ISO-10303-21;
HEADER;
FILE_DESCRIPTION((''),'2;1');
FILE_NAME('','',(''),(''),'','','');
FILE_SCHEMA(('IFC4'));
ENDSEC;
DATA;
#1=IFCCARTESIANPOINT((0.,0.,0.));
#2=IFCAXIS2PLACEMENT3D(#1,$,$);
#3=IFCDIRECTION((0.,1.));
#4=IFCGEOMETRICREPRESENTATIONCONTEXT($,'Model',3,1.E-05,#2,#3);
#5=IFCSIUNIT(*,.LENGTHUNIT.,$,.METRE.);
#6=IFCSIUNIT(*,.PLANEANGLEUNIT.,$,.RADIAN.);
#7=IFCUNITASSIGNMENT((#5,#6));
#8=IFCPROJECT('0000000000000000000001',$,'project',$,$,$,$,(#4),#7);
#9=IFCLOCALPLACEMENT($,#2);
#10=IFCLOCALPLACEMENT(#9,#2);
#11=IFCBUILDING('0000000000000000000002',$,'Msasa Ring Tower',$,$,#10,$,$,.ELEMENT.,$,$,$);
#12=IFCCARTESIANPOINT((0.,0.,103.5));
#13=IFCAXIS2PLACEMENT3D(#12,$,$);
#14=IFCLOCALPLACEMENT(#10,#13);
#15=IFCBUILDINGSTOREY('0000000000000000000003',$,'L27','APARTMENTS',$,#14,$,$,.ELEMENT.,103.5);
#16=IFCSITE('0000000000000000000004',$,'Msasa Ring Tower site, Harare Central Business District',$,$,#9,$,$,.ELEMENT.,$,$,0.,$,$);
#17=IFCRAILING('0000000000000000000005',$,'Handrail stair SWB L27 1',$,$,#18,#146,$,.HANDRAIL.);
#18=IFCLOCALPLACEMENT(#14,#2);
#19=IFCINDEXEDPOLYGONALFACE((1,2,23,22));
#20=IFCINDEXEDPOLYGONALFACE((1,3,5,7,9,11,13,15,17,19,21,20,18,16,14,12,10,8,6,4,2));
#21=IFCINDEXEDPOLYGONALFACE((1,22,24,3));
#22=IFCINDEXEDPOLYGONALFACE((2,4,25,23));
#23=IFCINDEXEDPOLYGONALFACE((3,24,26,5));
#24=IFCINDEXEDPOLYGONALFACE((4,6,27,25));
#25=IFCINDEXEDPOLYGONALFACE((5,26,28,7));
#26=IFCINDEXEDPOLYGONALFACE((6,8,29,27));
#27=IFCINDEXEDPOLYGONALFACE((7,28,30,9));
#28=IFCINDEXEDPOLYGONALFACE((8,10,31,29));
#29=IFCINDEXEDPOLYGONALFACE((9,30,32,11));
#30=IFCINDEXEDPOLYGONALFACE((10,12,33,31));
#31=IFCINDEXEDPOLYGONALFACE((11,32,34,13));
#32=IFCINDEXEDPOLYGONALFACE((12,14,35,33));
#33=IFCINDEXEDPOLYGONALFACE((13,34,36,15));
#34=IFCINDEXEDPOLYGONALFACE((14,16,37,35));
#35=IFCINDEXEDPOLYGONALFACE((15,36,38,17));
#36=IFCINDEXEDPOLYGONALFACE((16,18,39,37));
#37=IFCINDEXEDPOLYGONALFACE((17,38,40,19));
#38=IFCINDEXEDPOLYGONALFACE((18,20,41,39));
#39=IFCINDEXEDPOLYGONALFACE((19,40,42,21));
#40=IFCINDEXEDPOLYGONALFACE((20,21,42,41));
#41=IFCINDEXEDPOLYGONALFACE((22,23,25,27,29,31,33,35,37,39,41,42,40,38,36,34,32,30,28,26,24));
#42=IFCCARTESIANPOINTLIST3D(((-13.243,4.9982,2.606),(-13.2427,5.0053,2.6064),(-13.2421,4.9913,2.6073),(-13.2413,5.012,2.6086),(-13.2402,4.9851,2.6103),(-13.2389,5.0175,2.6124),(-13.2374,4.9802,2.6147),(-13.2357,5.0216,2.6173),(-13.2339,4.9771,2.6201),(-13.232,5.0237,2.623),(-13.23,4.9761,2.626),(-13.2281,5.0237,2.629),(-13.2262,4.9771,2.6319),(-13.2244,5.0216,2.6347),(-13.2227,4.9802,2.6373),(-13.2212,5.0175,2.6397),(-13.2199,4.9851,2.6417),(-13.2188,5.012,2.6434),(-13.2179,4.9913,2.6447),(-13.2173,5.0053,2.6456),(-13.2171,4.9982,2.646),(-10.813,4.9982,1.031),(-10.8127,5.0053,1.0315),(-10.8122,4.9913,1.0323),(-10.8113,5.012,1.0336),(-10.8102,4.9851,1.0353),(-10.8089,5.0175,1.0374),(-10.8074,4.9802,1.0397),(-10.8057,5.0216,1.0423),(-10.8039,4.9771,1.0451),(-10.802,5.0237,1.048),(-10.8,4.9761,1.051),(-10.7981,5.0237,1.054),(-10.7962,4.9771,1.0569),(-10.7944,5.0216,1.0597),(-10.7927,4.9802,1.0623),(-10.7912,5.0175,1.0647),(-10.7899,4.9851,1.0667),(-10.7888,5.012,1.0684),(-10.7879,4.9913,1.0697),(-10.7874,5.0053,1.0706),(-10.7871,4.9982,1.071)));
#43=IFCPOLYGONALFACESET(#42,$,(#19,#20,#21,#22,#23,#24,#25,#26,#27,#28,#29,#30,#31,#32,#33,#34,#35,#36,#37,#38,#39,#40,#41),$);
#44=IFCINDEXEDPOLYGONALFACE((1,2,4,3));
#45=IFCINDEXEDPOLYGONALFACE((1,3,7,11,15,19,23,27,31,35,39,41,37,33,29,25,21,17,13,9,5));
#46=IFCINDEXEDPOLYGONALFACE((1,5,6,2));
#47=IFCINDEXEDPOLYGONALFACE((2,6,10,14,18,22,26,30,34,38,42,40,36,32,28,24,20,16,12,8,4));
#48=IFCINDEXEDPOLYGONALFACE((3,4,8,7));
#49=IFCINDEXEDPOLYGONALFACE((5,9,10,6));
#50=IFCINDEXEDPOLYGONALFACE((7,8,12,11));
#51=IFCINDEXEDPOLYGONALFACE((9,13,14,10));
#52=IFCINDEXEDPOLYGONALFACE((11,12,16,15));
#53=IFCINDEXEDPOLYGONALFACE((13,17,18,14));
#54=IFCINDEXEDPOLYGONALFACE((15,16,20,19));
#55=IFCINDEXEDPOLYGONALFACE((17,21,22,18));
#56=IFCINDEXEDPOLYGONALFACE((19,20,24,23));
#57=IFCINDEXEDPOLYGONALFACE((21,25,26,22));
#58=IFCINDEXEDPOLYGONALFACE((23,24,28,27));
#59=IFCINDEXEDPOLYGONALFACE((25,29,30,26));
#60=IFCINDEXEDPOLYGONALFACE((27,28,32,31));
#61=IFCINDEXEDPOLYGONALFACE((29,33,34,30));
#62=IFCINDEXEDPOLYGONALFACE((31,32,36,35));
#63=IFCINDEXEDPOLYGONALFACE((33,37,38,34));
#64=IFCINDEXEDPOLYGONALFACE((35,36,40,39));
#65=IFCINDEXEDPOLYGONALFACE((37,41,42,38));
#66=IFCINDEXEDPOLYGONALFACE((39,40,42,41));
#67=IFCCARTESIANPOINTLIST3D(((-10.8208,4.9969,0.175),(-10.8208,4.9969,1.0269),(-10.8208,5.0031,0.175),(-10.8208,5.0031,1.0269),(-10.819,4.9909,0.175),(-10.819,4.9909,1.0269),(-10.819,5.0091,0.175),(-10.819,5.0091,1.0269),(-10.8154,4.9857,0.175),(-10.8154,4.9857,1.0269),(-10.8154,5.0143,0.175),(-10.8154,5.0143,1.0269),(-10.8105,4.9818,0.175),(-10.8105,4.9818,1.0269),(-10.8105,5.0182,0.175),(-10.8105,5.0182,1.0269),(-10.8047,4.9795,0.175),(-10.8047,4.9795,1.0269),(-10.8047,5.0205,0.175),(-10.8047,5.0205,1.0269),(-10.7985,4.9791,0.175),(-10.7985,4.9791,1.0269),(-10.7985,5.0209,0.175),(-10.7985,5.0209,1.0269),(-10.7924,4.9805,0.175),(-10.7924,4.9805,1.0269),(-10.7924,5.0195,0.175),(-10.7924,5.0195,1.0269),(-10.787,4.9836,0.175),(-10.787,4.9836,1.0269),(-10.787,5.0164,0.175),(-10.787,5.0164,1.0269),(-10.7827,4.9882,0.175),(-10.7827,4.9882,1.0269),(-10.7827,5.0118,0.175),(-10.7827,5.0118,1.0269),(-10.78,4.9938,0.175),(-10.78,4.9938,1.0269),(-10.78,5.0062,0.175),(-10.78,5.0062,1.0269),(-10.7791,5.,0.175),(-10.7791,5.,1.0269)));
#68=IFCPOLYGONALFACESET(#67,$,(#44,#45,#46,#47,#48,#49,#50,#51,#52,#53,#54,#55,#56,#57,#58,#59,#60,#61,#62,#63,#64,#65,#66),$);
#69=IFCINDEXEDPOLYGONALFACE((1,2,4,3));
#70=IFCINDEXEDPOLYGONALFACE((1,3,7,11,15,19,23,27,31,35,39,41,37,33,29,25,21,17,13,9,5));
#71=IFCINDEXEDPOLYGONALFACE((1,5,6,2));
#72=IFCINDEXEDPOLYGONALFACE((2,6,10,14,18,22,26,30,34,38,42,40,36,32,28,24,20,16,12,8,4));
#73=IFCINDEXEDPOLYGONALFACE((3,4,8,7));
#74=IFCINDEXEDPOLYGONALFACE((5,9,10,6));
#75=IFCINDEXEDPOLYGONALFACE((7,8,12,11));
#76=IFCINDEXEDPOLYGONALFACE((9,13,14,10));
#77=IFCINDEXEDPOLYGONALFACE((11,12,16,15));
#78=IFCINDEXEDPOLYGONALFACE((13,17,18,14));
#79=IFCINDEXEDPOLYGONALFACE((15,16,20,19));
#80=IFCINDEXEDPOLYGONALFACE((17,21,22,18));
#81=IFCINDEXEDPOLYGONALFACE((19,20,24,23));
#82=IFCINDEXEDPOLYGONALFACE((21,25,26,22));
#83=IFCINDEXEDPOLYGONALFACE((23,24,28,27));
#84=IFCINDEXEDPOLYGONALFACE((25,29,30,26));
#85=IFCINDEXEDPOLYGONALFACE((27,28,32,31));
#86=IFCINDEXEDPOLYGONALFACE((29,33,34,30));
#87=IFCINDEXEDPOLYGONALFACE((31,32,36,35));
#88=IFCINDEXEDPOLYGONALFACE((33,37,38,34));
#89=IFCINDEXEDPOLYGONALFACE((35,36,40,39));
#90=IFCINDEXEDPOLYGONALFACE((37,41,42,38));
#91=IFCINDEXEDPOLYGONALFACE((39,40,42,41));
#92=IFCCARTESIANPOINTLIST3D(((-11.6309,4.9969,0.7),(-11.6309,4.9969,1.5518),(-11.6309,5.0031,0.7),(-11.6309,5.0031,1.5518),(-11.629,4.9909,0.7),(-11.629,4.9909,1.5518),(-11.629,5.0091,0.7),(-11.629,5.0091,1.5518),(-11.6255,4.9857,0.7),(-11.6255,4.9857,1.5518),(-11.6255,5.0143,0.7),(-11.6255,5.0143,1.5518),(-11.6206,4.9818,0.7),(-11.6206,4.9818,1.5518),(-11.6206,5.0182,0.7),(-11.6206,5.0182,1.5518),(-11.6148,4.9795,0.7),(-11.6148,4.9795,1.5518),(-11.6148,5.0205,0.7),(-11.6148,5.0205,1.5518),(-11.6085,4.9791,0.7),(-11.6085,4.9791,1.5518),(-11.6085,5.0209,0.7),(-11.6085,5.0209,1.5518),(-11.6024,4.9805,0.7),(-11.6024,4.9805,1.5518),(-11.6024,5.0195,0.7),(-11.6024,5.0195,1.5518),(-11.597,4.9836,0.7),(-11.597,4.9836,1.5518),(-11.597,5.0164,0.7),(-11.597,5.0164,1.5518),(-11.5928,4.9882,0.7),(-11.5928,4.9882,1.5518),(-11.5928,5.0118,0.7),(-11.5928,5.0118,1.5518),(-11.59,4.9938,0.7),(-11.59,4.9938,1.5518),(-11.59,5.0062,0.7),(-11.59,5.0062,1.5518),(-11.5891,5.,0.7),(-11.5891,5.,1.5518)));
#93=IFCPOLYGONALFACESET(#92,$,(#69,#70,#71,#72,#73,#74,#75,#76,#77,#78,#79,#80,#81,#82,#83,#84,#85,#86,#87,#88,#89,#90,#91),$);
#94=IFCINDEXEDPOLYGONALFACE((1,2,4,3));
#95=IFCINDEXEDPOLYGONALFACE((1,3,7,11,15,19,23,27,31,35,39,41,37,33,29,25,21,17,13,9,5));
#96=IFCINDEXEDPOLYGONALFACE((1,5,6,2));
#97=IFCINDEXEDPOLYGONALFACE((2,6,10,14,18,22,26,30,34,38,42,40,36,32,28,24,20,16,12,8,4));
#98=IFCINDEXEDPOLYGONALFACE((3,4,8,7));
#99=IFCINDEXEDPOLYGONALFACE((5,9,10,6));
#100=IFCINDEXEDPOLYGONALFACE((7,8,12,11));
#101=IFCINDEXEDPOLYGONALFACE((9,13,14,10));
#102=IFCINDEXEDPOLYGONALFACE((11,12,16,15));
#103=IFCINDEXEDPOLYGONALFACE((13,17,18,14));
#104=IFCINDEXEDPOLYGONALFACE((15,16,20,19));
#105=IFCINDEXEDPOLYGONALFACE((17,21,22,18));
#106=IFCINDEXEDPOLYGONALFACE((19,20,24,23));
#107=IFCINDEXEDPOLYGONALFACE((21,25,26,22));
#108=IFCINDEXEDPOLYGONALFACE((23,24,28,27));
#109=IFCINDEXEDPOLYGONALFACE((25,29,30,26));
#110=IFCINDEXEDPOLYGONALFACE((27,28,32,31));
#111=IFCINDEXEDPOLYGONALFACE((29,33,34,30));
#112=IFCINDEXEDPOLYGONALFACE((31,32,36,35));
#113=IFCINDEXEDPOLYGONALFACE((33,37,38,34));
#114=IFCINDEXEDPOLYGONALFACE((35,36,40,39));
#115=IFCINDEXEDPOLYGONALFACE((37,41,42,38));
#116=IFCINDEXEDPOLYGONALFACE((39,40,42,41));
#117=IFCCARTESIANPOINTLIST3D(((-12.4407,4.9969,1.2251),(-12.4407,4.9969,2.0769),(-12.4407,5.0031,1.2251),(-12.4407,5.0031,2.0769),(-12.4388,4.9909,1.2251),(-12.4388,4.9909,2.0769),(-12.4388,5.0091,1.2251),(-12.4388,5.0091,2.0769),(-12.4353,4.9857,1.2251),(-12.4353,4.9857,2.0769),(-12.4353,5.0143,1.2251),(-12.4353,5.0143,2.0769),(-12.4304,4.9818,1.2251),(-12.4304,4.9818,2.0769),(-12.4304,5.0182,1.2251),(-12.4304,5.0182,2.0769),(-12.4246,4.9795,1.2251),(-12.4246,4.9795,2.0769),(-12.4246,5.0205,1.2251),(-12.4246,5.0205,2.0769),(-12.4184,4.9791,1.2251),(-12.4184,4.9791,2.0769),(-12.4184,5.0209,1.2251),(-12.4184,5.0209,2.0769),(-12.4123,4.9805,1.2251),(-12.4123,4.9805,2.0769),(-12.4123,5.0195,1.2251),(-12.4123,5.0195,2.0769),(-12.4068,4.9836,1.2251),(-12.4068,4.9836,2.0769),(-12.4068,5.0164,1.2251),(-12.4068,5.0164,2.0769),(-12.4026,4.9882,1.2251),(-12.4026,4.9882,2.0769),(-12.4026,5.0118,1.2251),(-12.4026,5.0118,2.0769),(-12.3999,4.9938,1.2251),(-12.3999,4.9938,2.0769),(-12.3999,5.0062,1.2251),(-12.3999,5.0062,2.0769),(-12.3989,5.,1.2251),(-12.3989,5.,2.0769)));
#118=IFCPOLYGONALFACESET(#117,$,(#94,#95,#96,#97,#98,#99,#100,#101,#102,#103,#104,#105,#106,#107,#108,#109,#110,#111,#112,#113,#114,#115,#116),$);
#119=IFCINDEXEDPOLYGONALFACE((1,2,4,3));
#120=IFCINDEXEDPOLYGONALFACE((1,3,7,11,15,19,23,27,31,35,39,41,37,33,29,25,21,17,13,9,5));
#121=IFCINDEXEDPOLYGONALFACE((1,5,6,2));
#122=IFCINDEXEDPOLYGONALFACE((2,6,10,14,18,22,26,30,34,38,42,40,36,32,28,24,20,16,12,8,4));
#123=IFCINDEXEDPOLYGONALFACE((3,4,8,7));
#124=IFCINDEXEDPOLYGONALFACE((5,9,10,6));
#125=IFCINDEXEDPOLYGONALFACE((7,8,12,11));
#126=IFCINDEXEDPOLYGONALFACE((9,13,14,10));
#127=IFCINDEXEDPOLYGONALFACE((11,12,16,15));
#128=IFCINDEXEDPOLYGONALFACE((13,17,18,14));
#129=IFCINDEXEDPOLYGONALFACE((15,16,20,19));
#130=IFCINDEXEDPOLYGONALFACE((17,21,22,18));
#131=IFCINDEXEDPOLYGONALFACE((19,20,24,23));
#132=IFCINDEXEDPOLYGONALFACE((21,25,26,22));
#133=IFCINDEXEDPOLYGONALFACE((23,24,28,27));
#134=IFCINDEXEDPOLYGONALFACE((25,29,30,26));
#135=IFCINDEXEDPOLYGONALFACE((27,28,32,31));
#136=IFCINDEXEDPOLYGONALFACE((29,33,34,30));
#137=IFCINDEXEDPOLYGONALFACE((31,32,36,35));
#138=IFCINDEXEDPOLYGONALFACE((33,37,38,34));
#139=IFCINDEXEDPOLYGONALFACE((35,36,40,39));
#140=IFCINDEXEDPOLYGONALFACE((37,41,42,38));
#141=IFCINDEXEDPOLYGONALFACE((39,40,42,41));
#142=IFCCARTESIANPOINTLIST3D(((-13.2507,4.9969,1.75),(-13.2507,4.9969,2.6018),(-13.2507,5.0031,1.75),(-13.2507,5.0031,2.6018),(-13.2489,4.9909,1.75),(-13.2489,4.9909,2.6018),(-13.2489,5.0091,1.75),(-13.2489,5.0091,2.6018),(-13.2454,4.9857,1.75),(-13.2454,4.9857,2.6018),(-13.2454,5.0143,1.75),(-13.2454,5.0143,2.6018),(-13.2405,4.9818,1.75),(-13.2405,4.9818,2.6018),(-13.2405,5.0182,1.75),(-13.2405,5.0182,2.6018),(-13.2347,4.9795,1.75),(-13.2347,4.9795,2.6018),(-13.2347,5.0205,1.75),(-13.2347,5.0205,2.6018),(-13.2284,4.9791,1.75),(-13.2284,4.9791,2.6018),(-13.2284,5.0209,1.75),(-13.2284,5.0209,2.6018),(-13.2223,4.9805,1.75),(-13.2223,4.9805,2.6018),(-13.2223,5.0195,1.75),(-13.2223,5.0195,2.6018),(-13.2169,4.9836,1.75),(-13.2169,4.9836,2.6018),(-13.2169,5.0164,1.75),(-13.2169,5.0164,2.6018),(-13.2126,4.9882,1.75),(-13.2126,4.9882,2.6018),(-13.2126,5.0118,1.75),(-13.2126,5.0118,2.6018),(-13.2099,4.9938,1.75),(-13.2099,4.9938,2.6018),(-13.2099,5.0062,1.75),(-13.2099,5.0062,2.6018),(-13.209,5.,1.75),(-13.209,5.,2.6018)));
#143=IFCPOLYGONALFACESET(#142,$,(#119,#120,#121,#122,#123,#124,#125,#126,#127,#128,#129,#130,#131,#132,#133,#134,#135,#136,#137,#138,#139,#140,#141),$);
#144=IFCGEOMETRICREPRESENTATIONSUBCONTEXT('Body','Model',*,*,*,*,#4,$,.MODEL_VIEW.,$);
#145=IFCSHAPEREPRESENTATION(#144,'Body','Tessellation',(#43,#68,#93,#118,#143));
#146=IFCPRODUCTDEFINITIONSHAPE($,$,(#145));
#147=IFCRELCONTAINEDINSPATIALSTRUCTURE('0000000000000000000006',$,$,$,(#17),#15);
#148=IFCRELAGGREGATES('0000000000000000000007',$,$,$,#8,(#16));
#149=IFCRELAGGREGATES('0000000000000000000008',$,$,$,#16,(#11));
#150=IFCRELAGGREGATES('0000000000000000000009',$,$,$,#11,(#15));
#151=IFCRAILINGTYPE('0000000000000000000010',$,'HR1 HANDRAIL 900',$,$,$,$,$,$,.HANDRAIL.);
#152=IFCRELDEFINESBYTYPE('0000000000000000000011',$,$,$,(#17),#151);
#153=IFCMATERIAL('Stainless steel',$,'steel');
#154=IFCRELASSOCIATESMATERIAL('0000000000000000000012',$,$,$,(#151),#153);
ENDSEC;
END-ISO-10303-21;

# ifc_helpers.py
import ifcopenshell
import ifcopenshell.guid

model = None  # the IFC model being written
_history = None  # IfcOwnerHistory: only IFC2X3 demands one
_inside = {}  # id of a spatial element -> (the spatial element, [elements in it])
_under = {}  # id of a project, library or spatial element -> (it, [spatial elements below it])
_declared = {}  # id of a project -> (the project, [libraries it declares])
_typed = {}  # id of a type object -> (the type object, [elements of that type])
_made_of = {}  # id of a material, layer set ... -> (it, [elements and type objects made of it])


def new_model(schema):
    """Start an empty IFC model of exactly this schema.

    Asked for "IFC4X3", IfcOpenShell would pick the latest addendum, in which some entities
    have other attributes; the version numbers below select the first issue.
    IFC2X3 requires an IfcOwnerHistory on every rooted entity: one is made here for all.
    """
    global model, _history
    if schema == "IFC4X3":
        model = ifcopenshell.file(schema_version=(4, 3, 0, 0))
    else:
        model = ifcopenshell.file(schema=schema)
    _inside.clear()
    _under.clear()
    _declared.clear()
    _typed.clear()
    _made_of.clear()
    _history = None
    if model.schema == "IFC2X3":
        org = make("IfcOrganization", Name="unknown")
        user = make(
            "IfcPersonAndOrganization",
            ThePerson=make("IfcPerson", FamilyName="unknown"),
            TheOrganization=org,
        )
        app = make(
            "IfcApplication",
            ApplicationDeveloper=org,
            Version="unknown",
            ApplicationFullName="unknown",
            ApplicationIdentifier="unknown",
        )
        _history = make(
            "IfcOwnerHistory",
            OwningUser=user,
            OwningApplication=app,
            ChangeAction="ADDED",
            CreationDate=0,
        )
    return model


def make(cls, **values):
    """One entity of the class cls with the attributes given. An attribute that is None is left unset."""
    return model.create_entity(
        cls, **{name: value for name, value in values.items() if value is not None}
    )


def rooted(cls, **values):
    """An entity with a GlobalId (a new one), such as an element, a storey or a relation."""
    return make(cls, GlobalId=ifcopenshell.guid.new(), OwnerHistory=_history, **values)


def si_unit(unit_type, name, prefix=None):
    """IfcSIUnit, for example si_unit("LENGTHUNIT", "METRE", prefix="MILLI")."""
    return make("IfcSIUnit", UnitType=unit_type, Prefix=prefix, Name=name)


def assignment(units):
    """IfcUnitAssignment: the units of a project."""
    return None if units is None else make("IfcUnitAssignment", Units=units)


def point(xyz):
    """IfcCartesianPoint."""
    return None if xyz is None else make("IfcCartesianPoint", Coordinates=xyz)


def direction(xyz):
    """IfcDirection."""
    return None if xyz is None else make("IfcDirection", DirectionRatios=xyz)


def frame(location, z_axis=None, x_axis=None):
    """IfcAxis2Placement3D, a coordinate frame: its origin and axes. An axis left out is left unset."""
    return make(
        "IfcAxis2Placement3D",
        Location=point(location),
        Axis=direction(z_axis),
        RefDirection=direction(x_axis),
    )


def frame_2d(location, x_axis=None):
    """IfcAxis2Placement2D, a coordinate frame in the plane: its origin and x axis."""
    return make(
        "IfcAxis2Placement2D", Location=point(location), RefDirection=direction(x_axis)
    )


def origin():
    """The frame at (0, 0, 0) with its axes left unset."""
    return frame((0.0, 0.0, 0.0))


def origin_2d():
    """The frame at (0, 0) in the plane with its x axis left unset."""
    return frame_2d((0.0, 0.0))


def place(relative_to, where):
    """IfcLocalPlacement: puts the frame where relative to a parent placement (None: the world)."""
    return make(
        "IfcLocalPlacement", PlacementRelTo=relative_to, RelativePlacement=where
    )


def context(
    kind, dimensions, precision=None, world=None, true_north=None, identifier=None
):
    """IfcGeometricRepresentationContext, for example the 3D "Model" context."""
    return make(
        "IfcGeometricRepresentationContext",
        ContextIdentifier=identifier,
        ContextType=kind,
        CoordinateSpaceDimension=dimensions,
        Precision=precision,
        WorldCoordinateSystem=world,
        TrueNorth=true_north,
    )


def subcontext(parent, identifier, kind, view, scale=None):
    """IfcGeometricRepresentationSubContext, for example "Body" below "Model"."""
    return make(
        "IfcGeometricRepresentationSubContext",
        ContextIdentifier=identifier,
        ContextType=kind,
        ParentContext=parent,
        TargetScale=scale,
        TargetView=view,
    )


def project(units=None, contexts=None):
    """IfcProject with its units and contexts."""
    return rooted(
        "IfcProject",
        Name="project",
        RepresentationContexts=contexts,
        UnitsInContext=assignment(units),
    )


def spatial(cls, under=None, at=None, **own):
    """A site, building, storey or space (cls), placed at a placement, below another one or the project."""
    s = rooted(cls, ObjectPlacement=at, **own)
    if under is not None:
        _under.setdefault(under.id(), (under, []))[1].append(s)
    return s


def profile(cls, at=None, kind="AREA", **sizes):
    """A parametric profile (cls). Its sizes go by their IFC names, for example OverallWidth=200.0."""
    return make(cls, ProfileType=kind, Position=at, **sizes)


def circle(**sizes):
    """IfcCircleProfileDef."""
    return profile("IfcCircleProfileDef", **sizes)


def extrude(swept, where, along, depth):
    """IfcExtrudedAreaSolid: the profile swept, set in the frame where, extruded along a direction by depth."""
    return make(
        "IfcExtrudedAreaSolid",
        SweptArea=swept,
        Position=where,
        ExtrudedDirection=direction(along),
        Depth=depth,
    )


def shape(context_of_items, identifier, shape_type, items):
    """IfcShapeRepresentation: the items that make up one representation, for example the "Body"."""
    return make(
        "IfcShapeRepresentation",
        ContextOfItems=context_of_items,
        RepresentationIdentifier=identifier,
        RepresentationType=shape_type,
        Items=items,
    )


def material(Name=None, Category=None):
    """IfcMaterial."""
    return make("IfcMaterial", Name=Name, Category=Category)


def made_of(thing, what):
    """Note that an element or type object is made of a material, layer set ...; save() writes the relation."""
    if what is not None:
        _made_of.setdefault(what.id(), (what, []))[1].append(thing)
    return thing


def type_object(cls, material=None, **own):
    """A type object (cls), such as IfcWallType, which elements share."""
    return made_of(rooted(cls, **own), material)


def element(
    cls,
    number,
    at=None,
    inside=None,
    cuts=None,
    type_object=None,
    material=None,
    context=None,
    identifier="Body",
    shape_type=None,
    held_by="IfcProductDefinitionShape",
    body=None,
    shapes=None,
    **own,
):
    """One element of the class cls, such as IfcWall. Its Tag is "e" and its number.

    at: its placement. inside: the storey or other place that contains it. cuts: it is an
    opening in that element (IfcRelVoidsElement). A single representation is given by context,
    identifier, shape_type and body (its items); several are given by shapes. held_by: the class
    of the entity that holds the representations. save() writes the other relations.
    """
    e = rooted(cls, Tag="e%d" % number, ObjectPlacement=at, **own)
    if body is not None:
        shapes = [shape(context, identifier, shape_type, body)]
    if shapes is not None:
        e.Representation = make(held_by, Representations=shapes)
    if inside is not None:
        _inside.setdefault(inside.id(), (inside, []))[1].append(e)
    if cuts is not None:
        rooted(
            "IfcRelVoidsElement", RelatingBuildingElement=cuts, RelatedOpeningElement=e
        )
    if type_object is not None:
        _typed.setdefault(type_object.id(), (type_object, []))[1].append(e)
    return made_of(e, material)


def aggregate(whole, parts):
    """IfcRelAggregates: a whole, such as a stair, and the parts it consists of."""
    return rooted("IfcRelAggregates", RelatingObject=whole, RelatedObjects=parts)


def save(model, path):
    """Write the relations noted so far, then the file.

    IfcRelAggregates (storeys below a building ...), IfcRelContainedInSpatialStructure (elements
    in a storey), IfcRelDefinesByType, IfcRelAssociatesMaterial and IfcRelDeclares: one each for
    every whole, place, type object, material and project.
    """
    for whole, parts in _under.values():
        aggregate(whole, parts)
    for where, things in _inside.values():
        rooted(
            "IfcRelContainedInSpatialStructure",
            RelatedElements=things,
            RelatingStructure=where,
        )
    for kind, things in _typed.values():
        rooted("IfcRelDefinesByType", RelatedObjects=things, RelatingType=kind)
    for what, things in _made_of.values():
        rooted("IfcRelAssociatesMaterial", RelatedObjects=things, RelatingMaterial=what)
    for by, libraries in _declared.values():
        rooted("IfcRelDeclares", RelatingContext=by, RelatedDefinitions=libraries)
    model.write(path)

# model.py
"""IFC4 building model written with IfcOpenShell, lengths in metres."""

from ifc_helpers import new_model, si_unit, direction, frame, origin, origin_2d, place, context, subcontext, project, spatial, circle, extrude, material, type_object, element, save


model = new_model("IFC4")

# Units and contexts
model_context = context("Model", 3, precision=1e-05, world=origin(), true_north=direction((0.0, 1.0)))
body_context = subcontext(model_context, "Body", "Model", "MODEL_VIEW")
ifc_project = project(units=[si_unit("LENGTHUNIT", "METRE"), si_unit("PLANEANGLEUNIT", "RADIAN")], contexts=[model_context])

# Site, building, storey
site_placement = place(None, origin())
site = spatial("IfcSite", under=ifc_project, at=site_placement, Name="Msasa Ring Tower site, Harare Central Business District", CompositionType="ELEMENT", RefElevation=0.0)
building_placement = place(site_placement, origin())
building = spatial("IfcBuilding", under=site, at=building_placement, Name="Msasa Ring Tower", CompositionType="ELEMENT")
storey_placement = place(building_placement, frame((0.0, 0.0, 103.5)))
storey = spatial("IfcBuildingStorey", under=building, at=storey_placement, Name="L27", Description="APARTMENTS", CompositionType="ELEMENT", Elevation=103.5)

# Railing
ifc_material_1 = material(Name="Stainless steel", Category="steel")
railing_type = type_object("IfcRailingType", Name="HR1 HANDRAIL 900", PredefinedType="HANDRAIL", material=ifc_material_1)
railing_placement = place(storey_placement, frame((-10.8, 5.0, 0.175)))
element("IfcRailing", 1, at=railing_placement, inside=storey, type_object=railing_type, Name="Handrail stair SWB L27 1", PredefinedType="HANDRAIL", context=body_context, shape_type="SweptSolid", body=[
    extrude(circle(Radius=0.0239, at=origin_2d()), frame((0.0, 0.0, 0.876), z_axis=(-0.839154, 0.0, 0.543894), x_axis=(0.0, -1.0, 0.0)), (0.0, 0.0, 1.0), 2.8958),
    extrude(circle(Radius=0.021, at=origin_2d()), origin(), (0.0, 0.0, 1.0), 0.8518),
    extrude(circle(Radius=0.021, at=origin_2d()), frame((-0.8101, 0.0, 0.5249)), (0.0, 0.0, 1.0), 0.8518),
    extrude(circle(Radius=0.021, at=origin_2d()), frame((-1.6199, 0.0, 1.05)), (0.0, 0.0, 1.0), 0.8518),
    extrude(circle(Radius=0.021, at=origin_2d()), frame((-2.4299, 0.0, 1.575)), (0.0, 0.0, 1.0), 0.8518),
])

save(model, "model.ifc")
